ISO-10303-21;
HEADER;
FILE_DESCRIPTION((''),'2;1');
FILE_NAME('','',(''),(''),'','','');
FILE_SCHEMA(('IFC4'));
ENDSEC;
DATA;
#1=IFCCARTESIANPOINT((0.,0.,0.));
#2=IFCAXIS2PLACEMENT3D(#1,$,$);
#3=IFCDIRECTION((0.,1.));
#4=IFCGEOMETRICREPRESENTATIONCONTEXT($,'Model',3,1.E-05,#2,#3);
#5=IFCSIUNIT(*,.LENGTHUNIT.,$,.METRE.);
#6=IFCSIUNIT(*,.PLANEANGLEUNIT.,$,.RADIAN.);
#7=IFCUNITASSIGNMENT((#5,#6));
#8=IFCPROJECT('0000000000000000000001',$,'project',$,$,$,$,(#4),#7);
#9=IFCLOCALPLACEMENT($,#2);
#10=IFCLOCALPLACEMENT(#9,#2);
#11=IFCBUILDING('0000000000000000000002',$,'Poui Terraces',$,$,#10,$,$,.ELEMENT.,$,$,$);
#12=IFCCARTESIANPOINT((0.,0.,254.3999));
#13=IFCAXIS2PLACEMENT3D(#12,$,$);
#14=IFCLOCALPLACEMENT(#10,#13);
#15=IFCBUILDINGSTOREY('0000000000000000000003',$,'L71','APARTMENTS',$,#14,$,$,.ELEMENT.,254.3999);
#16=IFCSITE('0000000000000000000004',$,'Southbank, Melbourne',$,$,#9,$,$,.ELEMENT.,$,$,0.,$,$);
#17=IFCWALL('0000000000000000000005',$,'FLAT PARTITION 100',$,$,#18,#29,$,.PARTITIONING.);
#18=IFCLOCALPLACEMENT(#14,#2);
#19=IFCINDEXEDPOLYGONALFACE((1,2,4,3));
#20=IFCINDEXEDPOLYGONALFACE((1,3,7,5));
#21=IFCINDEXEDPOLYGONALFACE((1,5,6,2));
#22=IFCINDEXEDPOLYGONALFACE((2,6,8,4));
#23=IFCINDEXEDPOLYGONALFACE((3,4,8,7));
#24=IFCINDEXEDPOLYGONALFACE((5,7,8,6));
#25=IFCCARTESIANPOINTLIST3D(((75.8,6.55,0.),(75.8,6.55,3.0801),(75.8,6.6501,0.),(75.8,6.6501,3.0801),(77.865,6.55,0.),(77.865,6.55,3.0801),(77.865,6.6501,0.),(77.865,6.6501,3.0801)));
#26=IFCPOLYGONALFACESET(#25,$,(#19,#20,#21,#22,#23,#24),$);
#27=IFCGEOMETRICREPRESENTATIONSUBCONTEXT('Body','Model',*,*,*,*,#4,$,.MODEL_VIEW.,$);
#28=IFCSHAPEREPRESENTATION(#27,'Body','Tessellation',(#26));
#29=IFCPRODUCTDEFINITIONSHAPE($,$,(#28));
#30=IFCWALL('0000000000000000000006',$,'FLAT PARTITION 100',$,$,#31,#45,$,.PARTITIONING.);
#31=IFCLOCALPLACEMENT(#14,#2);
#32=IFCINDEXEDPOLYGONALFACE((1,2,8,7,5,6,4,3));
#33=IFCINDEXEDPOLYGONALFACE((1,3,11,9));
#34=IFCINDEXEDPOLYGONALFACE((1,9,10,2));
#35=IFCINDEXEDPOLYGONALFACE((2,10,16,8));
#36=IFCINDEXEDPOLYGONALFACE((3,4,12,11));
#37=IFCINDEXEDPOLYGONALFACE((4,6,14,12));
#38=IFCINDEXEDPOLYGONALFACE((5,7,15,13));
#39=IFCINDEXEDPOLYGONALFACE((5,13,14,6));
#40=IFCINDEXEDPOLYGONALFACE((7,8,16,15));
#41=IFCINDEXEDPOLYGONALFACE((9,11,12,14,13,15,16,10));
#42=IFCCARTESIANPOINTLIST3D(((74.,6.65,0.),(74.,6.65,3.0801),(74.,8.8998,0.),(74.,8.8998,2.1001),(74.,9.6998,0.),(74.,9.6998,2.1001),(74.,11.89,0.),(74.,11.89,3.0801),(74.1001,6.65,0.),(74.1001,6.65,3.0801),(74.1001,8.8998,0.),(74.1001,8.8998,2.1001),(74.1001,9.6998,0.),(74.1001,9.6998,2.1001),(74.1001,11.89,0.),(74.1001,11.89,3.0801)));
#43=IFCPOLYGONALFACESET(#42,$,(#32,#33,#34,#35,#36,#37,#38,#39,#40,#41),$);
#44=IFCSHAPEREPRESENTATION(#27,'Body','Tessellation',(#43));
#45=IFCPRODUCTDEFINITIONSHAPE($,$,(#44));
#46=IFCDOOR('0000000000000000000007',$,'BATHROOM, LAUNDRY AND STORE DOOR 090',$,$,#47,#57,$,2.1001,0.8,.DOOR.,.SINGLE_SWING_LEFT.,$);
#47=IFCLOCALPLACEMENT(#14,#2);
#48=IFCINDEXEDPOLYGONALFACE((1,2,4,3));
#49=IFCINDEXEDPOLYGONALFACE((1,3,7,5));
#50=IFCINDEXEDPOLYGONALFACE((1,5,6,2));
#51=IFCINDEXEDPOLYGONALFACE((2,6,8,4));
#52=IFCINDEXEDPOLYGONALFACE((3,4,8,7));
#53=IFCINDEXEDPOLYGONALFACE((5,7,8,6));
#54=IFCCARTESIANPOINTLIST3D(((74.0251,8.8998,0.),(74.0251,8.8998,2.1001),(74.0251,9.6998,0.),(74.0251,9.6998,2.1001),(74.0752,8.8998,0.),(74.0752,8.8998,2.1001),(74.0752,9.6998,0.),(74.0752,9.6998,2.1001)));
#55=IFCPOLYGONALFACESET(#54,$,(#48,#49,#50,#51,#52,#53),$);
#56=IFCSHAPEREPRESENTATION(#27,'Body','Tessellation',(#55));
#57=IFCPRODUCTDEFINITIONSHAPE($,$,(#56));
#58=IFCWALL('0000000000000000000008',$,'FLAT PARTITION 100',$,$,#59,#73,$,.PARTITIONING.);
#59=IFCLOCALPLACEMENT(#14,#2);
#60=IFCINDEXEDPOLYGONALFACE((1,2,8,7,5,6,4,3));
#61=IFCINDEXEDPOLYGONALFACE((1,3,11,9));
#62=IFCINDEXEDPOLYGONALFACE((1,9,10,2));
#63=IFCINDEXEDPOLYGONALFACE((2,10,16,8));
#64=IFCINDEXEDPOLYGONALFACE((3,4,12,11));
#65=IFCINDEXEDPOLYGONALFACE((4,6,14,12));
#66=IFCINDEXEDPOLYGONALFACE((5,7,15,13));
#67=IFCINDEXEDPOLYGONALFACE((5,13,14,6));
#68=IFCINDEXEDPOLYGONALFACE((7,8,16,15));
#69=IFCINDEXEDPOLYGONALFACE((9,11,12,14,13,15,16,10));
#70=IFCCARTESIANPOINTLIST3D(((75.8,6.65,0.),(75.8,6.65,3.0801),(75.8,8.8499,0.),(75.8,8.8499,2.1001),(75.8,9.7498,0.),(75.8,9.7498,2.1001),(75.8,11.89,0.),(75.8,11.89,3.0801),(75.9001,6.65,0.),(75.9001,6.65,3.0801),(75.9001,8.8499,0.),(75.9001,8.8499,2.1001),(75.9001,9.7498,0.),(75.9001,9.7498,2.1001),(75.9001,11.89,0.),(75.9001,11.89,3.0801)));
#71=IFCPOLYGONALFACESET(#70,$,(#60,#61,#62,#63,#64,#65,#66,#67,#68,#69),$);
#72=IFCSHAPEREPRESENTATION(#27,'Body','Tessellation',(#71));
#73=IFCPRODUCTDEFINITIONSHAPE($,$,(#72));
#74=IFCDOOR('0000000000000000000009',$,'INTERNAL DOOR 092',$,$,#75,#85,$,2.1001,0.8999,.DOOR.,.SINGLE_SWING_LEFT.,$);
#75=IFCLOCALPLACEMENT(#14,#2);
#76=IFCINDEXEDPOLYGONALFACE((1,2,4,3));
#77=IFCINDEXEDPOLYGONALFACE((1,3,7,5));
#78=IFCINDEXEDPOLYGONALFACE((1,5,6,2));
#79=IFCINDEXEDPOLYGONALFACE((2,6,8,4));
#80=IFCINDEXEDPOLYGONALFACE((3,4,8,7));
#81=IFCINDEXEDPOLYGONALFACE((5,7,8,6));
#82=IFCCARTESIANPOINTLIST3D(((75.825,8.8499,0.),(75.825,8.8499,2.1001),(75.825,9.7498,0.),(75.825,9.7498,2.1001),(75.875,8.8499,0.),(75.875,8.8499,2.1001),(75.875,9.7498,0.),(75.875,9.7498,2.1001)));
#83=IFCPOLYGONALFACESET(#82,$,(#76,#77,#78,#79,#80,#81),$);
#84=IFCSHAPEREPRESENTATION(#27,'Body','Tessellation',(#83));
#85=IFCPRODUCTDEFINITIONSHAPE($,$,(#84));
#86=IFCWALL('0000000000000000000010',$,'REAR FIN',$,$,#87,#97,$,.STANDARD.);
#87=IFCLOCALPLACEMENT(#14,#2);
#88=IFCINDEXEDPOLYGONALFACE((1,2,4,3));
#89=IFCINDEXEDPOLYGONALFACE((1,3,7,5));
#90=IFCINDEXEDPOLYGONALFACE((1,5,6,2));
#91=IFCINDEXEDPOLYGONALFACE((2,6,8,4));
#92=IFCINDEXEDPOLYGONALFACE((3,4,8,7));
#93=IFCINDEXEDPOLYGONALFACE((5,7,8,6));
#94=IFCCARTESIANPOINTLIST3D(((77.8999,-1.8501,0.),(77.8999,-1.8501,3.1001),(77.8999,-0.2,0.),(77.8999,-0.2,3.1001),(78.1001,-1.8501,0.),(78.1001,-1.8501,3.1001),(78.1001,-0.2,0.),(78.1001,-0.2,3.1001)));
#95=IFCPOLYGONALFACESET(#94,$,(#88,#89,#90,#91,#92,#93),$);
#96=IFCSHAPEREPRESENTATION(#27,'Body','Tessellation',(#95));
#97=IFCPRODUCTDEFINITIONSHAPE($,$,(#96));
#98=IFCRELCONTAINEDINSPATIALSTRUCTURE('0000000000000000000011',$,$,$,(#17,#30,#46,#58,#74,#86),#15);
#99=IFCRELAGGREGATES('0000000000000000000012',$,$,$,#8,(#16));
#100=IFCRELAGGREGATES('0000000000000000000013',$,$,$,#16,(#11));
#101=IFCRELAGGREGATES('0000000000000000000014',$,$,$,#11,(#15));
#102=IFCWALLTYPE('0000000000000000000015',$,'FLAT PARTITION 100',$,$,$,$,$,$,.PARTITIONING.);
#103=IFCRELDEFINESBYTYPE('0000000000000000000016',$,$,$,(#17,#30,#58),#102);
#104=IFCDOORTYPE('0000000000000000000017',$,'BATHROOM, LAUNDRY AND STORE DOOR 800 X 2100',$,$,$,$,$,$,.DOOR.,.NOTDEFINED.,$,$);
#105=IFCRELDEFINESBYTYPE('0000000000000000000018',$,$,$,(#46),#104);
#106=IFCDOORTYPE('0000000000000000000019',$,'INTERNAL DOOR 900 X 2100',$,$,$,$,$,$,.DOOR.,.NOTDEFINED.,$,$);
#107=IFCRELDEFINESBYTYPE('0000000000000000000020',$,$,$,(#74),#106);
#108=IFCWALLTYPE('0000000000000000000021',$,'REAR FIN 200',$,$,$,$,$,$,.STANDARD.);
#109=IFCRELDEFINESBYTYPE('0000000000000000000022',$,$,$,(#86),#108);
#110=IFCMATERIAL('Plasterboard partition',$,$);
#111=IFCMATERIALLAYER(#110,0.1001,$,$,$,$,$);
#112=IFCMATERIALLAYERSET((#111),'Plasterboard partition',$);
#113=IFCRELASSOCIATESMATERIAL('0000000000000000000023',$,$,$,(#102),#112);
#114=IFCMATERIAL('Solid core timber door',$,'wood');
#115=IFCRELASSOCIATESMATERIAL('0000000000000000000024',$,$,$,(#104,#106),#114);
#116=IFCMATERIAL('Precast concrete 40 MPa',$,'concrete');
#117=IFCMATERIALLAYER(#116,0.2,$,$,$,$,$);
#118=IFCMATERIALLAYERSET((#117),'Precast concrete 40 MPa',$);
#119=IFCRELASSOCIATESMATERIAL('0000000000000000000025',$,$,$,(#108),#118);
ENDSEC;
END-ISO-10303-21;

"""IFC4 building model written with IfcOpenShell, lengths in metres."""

from ifc_helpers import new_model, si_unit, direction, frame, frame_2d, origin, place, context, subcontext, project, spatial, polyline, rectangle, outline, extrude, source, transform, mapped, material, layer, layer_set, type_object, element, fill, save


model = new_model("IFC4")

# Units and contexts
model_context = context("Model", 3, precision=1e-05, world=origin(), true_north=direction((0.0, 1.0)))
body_context = subcontext(model_context, "Body", "Model", "MODEL_VIEW")
ifc_project = project(units=[si_unit("LENGTHUNIT", "METRE"), si_unit("PLANEANGLEUNIT", "RADIAN")], contexts=[model_context])

# Site, building, storey
site_placement = place(None, origin())
site = spatial("IfcSite", under=ifc_project, at=site_placement, Name="Southbank, Melbourne", CompositionType="ELEMENT", RefElevation=0.0)
building_placement = place(site_placement, origin())
building = spatial("IfcBuilding", under=site, at=building_placement, Name="Poui Terraces", CompositionType="ELEMENT")
storey_placement = place(building_placement, frame((0.0, 0.0, 254.3999)))
storey = spatial("IfcBuildingStorey", under=building, at=storey_placement, Name="L71", Description="APARTMENTS", CompositionType="ELEMENT", Elevation=254.3999)

# Wall
ifc_material_1 = material(Name="Plasterboard partition")
ifc_layer_1 = layer(ifc_material_1, 0.1001)
ifc_layer_set_1 = layer_set([ifc_layer_1], Name="Plasterboard partition")
wall_type_1 = type_object("IfcWallType", Name="FLAT PARTITION 100", PredefinedType="PARTITIONING", material=ifc_layer_set_1)
wall_1_placement = place(storey_placement, frame((75.8, 6.6001, 0.0), z_axis=(0.0, 0.0, 1.0), x_axis=(1.0, 0.0, 0.0)))
element("IfcWall", 1, at=wall_1_placement, inside=storey, type_object=wall_type_1, Name="FLAT PARTITION 100", PredefinedType="PARTITIONING", context=body_context, shape_type="SweptSolid", body=[
    extrude(rectangle(XDim=2.0649, YDim=0.1001, at=frame_2d((1.0325, 0.0))), origin(), (0.0, 0.0, 1.0), 3.0801),
])

# Walls, openings, doors
wall_2_placement = place(storey_placement, frame((74.05, 6.6499, 0.0), z_axis=(0.0, 0.0, 1.0), x_axis=(0.0, 1.0, 0.0)))
wall_2 = element("IfcWall", 2, at=wall_2_placement, inside=storey, type_object=wall_type_1, Name="FLAT PARTITION 100", PredefinedType="PARTITIONING", context=body_context, shape_type="SweptSolid", body=[
    extrude(rectangle(XDim=5.24, YDim=0.1001, at=frame_2d((2.6201, 0.0))), origin(), (0.0, 0.0, 1.0), 3.0801),
])
opening_1_placement = place(wall_2_placement, frame((2.25, 0.0, 0.0)))
opening_1 = element("IfcOpeningElement", 3, at=opening_1_placement, cuts=wall_2, PredefinedType="OPENING", context=body_context, shape_type="SweptSolid", body=[
    extrude(rectangle(XDim=0.8, YDim=2.1001, at=frame_2d((0.3999, 1.05))), frame((0.0, 0.0601, 0.0), z_axis=(0.0, -1.0, 0.0), x_axis=(1.0, 0.0, 0.0)), (0.0, 0.0, 1.0), 0.1201),
])
ifc_material_2 = material(Name="Solid core timber door", Category="wood")
door_type_1 = type_object("IfcDoorType", Name="BATHROOM, LAUNDRY AND STORE DOOR 800 X 2100", OperationType="NOTDEFINED", PredefinedType="DOOR", material=ifc_material_2)
door_1_placement = place(opening_1_placement, origin())
door_1 = element("IfcDoor", 4, at=door_1_placement, inside=storey, type_object=door_type_1, Name="BATHROOM, LAUNDRY AND STORE DOOR 090", OperationType="SINGLE_SWING_LEFT", OverallHeight=2.1001, OverallWidth=0.8, PredefinedType="DOOR", context=body_context, shape_type="SweptSolid", body=[
    extrude(rectangle(XDim=0.8, YDim=2.1001, at=frame_2d((0.3999, 1.05))), frame((0.0, 0.0249, 0.0), z_axis=(0.0, -1.0, 0.0), x_axis=(1.0, 0.0, 0.0)), (0.0, 0.0, 1.0), 0.05),
])
fill(opening_1, door_1)
wall_3_placement = place(storey_placement, frame((75.8501, 6.6499, 0.0), z_axis=(0.0, 0.0, 1.0), x_axis=(0.0, 1.0, 0.0)))
wall_3 = element("IfcWall", 5, at=wall_3_placement, inside=storey, type_object=wall_type_1, Name="FLAT PARTITION 100", PredefinedType="PARTITIONING", context=body_context, shape_type="SweptSolid", body=[
    extrude(rectangle(XDim=5.24, YDim=0.1001, at=frame_2d((2.6201, 0.0))), origin(), (0.0, 0.0, 1.0), 3.0801),
])
opening_2_placement = place(wall_3_placement, frame((2.2, 0.0, 0.0)))
opening_2 = element("IfcOpeningElement", 6, at=opening_2_placement, cuts=wall_3, PredefinedType="OPENING", context=body_context, shape_type="SweptSolid", body=[
    extrude(rectangle(XDim=0.8999, YDim=2.1001, at=frame_2d((0.45, 1.05))), frame((0.0, 0.0601, 0.0), z_axis=(0.0, -1.0, 0.0), x_axis=(1.0, 0.0, 0.0)), (0.0, 0.0, 1.0), 0.1201),
])
door_type_2 = type_object("IfcDoorType", Name="INTERNAL DOOR 900 X 2100", OperationType="NOTDEFINED", PredefinedType="DOOR", material=ifc_material_2)
door_2_placement = place(opening_2_placement, frame((0.8999, 0.0, 0.0), z_axis=(0.0, 0.0, 1.0), x_axis=(-1.0, 0.0, 0.0)))
door_2 = element("IfcDoor", 7, at=door_2_placement, inside=storey, type_object=door_type_2, Name="INTERNAL DOOR 092", OperationType="SINGLE_SWING_LEFT", OverallHeight=2.1001, OverallWidth=0.8999, PredefinedType="DOOR", context=body_context, shape_type="SweptSolid", body=[
    extrude(rectangle(XDim=0.8999, YDim=2.1001, at=frame_2d((0.45, 1.05))), frame((0.0, 0.0249, 0.0), z_axis=(0.0, -1.0, 0.0), x_axis=(1.0, 0.0, 0.0)), (0.0, 0.0, 1.0), 0.05),
])
fill(opening_2, door_2)

# Wall
ifc_material_3 = material(Name="Precast concrete 40 MPa", Category="concrete")
ifc_layer_2 = layer(ifc_material_3, 0.2)
ifc_layer_set_2 = layer_set([ifc_layer_2], Name="Precast concrete 40 MPa")
wall_type_2 = type_object("IfcWallType", Name="REAR FIN 200", PredefinedType="STANDARD", material=ifc_layer_set_2)
shared_shape_1 = source(origin(), body_context, "Body", "SweptSolid", [
    extrude(outline(polyline([(0.0, 0.0), (0.2002, 0.0), (0.2002, 1.6501), (0.0, 1.6501), (0.0, 0.0)])), origin(), (0.0, 0.0, 1.0), 3.1001),
])
wall_4_placement = place(storey_placement, frame((77.8999, -1.8501, 0.0)))
element("IfcWall", 8, at=wall_4_placement, inside=storey, type_object=wall_type_2, Name="REAR FIN", PredefinedType="STANDARD", context=body_context, shape_type="MappedRepresentation", body=[
    mapped(shared_shape_1, transform((0.0, 0.0, 0.0))),
])

save(model, "model.ifc")
